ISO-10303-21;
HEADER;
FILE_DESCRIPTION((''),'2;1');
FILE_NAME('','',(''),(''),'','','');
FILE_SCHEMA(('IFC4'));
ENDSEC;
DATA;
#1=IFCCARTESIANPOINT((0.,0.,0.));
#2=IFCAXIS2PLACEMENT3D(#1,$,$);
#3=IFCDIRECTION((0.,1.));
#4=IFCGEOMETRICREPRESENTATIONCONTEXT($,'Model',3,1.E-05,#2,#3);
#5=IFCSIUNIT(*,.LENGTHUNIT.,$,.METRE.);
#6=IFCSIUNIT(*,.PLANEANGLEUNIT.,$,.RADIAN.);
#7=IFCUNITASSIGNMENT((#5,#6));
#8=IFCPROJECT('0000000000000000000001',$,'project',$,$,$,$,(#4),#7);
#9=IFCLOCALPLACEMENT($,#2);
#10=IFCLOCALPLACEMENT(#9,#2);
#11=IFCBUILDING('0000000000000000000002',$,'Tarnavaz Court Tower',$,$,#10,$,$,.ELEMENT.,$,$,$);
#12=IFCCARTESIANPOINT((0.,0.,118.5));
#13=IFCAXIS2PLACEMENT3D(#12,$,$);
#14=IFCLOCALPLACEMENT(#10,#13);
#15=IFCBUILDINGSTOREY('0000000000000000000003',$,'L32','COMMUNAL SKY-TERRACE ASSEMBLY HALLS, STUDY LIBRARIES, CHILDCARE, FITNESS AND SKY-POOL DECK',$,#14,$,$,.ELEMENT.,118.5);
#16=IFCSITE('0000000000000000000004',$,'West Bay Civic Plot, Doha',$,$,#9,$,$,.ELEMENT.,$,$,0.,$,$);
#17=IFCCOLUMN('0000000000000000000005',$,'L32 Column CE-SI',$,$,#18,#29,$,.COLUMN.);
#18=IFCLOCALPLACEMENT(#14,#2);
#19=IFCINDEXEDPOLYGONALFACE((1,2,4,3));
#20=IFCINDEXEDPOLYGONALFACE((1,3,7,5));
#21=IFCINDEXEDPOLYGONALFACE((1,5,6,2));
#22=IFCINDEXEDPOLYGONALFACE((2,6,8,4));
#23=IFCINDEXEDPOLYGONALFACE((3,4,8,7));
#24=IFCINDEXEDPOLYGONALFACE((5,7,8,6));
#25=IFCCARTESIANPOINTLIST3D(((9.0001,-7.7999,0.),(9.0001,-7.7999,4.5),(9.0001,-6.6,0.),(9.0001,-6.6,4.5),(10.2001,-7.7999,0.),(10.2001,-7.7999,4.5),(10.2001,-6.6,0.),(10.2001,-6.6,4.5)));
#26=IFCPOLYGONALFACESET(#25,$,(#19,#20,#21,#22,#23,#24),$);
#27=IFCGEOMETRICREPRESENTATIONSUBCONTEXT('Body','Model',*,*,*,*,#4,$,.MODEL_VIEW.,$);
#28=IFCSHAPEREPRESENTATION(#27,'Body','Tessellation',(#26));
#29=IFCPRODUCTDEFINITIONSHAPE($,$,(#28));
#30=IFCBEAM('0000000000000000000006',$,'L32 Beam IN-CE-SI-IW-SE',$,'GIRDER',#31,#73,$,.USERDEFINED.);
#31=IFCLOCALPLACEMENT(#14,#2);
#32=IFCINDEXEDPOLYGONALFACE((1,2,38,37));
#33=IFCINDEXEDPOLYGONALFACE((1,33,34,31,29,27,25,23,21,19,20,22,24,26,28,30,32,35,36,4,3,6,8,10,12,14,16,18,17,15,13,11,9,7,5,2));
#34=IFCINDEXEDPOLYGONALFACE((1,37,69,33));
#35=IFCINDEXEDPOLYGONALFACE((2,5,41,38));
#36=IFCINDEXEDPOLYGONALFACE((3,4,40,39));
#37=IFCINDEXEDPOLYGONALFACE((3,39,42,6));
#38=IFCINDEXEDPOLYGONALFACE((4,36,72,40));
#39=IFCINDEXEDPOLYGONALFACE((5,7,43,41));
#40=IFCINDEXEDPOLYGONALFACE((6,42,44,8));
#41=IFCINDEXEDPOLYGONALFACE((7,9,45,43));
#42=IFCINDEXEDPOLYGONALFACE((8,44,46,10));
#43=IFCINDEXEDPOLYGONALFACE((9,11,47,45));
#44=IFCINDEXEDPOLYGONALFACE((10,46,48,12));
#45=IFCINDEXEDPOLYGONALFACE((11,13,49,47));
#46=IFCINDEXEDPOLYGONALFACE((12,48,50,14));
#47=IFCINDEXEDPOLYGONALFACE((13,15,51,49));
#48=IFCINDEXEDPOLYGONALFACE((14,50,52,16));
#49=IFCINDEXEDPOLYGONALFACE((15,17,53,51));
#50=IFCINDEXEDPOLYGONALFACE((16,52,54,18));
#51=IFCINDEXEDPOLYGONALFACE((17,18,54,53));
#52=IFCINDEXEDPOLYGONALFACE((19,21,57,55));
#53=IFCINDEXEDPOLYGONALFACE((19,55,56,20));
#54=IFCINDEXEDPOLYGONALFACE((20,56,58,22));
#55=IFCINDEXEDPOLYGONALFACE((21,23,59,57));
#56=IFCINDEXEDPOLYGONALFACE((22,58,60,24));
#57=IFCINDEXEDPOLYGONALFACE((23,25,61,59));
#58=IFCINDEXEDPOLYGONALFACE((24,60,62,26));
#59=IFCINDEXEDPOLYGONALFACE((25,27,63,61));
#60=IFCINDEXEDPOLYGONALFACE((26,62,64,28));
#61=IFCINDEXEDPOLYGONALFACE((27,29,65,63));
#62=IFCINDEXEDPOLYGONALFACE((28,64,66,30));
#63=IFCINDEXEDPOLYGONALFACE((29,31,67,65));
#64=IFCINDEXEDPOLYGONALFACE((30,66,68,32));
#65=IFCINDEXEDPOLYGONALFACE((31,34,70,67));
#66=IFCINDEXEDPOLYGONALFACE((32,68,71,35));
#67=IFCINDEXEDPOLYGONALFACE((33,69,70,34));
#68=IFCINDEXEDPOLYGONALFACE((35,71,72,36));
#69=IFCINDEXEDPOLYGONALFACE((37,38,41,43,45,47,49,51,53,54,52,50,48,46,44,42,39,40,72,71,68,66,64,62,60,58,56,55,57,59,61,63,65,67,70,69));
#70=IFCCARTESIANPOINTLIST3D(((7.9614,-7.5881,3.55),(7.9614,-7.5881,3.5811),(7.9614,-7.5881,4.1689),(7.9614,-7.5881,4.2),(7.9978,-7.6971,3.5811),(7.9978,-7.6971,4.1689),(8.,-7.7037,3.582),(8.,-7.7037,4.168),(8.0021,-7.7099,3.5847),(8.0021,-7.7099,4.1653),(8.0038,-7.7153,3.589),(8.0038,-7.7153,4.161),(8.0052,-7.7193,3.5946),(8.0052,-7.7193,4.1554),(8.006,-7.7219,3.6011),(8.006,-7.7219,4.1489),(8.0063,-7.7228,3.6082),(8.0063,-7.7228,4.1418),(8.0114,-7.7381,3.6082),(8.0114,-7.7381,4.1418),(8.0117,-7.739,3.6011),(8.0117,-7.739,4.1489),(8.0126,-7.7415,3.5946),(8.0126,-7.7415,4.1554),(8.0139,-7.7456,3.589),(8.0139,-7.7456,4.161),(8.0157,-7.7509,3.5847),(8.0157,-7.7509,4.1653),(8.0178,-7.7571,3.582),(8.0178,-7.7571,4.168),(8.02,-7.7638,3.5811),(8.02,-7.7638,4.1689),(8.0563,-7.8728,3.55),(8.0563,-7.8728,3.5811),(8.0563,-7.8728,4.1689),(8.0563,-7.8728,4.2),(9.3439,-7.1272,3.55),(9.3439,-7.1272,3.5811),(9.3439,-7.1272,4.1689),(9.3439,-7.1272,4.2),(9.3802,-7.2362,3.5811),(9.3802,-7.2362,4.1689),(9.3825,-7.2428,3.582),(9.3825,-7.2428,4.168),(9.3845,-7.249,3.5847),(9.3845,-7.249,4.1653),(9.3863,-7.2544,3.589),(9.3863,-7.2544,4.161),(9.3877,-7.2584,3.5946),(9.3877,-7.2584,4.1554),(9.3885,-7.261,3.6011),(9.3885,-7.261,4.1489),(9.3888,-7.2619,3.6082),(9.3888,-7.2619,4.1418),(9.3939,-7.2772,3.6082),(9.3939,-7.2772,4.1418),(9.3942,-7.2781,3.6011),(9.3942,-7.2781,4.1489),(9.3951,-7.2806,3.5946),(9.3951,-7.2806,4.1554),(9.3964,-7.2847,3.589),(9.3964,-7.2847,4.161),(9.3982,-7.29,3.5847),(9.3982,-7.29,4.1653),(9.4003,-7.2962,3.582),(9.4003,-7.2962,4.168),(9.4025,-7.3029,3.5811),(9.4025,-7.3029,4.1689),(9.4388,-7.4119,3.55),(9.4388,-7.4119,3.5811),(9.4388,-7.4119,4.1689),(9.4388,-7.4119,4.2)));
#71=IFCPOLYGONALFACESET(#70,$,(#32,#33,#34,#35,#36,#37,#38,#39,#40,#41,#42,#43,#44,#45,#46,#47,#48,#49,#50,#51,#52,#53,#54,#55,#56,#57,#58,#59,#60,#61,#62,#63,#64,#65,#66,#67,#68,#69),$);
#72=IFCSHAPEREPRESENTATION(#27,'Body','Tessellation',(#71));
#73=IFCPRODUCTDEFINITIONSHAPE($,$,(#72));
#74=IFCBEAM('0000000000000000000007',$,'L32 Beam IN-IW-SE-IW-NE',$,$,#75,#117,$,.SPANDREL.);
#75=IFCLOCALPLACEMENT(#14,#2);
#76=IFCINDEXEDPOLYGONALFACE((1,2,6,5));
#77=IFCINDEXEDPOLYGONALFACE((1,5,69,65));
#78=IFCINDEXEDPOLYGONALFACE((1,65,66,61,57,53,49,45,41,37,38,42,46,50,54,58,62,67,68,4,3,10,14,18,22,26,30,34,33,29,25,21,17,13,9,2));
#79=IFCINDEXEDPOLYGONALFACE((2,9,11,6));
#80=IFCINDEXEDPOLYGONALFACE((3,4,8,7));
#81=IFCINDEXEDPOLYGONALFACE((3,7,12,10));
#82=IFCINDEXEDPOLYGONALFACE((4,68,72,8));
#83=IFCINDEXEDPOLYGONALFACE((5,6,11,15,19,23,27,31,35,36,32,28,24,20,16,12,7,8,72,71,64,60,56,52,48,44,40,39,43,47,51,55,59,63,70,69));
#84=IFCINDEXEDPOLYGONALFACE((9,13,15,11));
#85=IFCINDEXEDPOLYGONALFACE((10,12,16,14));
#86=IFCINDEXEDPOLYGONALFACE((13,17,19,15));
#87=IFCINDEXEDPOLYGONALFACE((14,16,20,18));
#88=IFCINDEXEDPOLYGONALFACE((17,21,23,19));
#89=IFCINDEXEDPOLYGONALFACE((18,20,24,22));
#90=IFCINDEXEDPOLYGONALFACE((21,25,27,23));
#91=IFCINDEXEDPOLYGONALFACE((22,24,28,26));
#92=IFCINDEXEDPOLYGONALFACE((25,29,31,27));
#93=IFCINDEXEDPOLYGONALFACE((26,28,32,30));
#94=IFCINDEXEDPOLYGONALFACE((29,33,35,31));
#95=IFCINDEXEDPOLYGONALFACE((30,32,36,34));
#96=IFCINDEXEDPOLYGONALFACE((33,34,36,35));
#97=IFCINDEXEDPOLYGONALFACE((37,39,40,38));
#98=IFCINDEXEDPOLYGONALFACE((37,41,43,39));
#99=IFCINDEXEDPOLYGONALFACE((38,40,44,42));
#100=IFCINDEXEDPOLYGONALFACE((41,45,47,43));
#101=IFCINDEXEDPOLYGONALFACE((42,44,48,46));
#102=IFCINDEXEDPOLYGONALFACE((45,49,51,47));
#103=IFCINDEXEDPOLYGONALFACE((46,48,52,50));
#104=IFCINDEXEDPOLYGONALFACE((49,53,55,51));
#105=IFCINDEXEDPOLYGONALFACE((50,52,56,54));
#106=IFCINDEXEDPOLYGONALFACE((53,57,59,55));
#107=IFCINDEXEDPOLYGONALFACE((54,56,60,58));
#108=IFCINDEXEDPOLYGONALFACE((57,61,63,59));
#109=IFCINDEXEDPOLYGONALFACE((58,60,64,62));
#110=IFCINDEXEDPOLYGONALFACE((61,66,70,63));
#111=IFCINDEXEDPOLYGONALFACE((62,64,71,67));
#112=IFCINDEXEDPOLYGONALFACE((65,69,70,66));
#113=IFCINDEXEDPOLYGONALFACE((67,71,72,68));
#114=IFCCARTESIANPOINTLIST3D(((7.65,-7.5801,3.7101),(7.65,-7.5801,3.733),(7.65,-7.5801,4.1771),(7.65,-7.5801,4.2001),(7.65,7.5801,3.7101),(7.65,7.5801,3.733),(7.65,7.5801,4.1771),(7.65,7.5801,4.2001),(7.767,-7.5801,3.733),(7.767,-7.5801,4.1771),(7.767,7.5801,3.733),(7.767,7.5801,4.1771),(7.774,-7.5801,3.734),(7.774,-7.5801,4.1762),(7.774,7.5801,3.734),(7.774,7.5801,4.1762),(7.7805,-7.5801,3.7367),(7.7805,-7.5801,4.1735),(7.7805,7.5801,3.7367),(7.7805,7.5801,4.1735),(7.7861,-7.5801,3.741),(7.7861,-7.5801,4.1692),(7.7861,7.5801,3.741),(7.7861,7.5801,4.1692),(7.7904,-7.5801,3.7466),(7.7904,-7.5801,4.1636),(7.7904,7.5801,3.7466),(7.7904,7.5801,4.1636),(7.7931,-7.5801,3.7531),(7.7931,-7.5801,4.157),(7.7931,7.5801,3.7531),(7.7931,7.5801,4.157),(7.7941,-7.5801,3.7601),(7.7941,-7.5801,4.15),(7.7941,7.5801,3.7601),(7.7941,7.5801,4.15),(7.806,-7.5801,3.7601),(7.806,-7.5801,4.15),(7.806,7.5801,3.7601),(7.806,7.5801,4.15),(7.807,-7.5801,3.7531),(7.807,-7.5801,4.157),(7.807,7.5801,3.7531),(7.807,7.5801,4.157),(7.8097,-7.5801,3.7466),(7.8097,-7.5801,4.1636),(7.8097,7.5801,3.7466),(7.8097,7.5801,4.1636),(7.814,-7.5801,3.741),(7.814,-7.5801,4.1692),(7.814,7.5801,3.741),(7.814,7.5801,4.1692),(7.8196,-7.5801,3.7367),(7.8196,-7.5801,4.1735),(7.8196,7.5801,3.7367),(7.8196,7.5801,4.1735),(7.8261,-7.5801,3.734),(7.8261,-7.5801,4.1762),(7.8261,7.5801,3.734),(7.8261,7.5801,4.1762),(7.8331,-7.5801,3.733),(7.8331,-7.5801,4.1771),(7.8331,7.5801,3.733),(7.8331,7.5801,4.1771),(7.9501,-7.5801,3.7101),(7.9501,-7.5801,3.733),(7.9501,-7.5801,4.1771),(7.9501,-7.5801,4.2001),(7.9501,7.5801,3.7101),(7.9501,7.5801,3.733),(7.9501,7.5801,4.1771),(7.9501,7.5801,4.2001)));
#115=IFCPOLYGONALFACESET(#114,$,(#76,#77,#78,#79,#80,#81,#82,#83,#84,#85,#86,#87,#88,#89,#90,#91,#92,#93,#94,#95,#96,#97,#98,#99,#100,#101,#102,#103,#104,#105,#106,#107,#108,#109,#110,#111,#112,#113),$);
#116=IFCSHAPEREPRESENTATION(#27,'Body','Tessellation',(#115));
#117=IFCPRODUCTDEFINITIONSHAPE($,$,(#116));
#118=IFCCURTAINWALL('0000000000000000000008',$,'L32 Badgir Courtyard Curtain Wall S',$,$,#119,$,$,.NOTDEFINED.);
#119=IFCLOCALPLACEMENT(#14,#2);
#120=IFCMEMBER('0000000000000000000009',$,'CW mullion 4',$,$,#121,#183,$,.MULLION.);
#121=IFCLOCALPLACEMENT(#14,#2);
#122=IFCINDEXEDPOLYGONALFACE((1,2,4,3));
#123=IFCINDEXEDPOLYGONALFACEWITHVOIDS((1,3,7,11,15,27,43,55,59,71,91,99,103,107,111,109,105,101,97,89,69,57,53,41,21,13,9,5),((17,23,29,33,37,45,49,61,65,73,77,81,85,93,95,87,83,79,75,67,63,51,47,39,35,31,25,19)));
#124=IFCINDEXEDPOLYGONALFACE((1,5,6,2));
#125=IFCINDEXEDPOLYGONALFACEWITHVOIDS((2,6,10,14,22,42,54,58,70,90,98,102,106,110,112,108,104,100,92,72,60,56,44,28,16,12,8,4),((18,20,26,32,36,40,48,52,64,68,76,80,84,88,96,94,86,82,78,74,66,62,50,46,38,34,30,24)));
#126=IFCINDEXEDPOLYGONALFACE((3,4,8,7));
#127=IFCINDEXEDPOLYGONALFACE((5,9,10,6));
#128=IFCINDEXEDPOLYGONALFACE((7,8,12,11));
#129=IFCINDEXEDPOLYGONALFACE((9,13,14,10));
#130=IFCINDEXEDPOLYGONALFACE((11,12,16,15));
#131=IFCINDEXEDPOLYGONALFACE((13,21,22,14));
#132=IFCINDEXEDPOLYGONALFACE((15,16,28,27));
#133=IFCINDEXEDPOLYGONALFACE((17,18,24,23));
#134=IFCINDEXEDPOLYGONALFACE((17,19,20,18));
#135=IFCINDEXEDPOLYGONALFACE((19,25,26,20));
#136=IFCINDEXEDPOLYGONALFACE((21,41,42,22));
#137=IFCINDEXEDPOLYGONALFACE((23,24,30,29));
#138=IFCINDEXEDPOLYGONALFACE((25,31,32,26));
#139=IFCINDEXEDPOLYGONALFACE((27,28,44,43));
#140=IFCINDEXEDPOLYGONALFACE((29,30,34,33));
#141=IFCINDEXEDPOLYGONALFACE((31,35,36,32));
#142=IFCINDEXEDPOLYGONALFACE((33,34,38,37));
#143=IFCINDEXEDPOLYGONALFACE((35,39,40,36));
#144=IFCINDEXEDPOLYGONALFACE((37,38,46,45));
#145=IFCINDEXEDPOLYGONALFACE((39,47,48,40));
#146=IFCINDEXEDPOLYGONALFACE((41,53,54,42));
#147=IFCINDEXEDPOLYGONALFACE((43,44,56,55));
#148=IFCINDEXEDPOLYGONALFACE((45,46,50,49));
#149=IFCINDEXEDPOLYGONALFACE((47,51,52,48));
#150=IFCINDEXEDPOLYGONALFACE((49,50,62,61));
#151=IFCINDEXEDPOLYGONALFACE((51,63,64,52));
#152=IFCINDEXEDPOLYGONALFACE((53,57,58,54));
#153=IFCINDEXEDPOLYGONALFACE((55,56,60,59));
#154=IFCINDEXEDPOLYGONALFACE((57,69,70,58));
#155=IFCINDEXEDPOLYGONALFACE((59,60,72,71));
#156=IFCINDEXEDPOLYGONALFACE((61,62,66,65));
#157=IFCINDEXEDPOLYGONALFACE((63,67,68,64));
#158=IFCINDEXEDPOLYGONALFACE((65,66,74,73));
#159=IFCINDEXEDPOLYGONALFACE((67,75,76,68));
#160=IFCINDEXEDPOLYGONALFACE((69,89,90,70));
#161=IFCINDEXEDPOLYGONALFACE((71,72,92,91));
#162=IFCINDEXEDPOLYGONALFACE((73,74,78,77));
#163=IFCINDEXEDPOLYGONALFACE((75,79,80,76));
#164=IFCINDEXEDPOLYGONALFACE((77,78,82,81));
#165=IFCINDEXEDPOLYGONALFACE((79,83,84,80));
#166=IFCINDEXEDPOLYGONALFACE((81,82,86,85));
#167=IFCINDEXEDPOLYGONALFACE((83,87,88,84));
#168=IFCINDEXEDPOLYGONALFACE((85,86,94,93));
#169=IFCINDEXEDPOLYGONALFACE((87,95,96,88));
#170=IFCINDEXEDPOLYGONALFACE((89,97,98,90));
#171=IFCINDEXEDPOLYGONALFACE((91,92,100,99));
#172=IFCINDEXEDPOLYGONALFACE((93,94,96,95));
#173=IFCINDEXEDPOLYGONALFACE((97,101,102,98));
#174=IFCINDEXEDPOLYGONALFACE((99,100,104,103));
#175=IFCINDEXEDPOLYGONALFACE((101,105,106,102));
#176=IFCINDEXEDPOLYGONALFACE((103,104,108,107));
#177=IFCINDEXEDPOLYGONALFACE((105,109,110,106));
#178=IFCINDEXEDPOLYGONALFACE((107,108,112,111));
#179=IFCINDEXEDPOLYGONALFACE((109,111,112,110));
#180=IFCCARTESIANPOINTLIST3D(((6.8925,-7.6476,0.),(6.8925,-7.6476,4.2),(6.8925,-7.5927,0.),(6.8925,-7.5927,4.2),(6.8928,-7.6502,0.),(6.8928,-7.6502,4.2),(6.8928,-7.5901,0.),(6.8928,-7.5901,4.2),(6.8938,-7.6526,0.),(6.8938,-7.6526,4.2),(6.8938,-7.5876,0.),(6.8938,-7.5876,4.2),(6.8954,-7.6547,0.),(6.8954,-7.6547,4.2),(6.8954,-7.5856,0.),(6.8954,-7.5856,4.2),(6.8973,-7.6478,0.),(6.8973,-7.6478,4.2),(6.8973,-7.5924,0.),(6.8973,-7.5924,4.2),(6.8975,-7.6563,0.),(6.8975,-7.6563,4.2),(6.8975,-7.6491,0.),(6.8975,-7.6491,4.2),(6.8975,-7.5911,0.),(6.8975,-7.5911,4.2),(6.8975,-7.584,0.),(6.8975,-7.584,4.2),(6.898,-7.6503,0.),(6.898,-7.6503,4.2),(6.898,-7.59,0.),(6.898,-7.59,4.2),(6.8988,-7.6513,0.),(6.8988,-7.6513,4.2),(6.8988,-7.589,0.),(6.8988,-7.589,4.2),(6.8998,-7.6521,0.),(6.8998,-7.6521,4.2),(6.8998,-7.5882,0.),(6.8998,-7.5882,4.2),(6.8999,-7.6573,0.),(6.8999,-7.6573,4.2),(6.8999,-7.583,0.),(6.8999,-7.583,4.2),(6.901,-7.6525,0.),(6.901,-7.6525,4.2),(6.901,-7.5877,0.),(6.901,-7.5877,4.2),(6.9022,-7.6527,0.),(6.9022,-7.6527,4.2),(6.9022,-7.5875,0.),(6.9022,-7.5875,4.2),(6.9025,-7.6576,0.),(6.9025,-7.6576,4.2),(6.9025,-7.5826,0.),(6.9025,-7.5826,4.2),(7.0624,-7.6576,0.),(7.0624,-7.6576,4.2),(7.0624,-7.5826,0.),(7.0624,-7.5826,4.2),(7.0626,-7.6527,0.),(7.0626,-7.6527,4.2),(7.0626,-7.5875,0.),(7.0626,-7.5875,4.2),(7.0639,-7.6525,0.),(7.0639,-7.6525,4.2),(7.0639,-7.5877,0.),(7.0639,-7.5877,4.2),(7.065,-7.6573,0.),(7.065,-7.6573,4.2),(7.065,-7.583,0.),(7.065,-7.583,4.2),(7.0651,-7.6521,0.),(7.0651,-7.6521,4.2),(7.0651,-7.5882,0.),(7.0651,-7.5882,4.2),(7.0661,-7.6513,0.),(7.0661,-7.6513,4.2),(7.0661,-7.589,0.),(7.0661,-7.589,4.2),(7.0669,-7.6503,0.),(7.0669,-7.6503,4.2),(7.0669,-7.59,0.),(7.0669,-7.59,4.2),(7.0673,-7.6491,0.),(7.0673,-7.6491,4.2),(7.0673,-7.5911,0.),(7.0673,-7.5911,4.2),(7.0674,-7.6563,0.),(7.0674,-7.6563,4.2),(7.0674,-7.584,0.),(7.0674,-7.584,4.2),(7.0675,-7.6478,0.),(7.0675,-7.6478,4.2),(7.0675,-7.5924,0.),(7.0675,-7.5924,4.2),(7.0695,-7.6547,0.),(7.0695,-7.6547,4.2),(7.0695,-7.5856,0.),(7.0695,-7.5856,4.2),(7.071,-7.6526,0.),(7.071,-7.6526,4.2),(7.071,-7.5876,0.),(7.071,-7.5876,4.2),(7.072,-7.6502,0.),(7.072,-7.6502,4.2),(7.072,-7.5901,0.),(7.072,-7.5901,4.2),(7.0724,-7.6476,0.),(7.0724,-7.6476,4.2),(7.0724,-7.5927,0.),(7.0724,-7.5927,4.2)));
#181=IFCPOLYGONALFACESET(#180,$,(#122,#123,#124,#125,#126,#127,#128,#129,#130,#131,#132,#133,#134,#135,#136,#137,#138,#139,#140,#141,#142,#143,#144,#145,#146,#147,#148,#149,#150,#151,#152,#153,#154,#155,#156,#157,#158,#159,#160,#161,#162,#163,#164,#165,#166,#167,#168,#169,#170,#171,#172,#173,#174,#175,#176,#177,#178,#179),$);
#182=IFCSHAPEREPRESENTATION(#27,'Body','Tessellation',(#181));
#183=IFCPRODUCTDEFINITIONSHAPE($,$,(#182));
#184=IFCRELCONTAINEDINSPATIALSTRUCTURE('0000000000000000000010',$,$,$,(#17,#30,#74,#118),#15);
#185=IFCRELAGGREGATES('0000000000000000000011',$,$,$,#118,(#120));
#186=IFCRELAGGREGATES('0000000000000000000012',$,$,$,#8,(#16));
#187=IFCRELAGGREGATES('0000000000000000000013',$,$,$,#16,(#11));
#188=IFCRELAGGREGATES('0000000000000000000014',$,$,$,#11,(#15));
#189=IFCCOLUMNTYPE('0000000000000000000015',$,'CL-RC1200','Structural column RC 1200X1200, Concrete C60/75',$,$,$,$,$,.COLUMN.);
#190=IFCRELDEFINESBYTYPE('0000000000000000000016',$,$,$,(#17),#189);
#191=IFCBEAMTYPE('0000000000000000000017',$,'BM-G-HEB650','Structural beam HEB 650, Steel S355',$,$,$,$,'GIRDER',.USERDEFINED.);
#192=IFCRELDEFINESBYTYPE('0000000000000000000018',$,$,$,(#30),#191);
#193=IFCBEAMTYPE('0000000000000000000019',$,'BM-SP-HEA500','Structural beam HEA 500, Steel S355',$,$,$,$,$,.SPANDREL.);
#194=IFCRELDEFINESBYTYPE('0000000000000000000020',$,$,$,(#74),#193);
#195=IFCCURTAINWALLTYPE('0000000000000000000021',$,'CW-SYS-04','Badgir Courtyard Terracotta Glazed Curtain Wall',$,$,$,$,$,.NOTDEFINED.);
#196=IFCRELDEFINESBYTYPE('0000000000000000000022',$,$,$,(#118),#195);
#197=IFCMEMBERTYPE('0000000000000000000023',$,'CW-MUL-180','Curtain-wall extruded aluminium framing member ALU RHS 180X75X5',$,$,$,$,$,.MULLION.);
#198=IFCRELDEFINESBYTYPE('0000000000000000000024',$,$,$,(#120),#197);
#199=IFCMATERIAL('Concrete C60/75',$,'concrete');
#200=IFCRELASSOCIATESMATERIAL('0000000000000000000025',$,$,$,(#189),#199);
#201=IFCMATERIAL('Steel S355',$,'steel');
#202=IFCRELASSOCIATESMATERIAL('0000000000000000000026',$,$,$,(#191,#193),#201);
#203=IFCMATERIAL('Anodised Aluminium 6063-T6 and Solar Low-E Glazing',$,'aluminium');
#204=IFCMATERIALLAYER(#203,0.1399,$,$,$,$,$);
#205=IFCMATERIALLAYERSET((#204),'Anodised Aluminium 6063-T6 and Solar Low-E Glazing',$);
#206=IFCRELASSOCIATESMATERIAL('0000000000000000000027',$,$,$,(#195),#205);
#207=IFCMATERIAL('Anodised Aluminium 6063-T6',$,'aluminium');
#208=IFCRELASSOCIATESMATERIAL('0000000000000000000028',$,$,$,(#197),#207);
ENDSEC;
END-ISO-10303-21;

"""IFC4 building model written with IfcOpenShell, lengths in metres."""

from ifc_helpers import new_model, si_unit, direction, frame, origin, origin_2d, place, context, subcontext, project, spatial, rectangle, hollow_rectangle, i_section, extrude, material, layer, layer_set, material_profile, profile_set, type_object, element, aggregate, save


model = new_model("IFC4")

# Units and contexts
model_context = context("Model", 3, precision=1e-05, world=origin(), true_north=direction((0.0, 1.0)))
body_context = subcontext(model_context, "Body", "Model", "MODEL_VIEW")
ifc_project = project(units=[si_unit("LENGTHUNIT", "METRE"), si_unit("PLANEANGLEUNIT", "RADIAN")], contexts=[model_context])

# Site, building, storey
site_placement = place(None, origin())
site = spatial("IfcSite", under=ifc_project, at=site_placement, Name="West Bay Civic Plot, Doha", CompositionType="ELEMENT", RefElevation=0.0)
building_placement = place(site_placement, origin())
building = spatial("IfcBuilding", under=site, at=building_placement, Name="Tarnavaz Court Tower", CompositionType="ELEMENT")
storey_placement = place(building_placement, frame((0.0, 0.0, 118.5)))
storey = spatial("IfcBuildingStorey", under=building, at=storey_placement, Name="L32", Description="COMMUNAL SKY-TERRACE ASSEMBLY HALLS, STUDY LIBRARIES, CHILDCARE, FITNESS AND SKY-POOL DECK", CompositionType="ELEMENT", Elevation=118.5)

# Column
ifc_material_1 = material(Name="Concrete C60/75", Category="concrete")
ifc_material_profile_1 = material_profile(ifc_material_1, rectangle(XDim=1.2, YDim=1.2, at=origin_2d()), Name="RC 1200X1200")
ifc_profile_set_1 = profile_set([ifc_material_profile_1], Name="Concrete C60/75")
column_type = type_object("IfcColumnType", Name="CL-RC1200", Description="Structural column RC 1200X1200, Concrete C60/75", PredefinedType="COLUMN", material=ifc_profile_set_1)
column_placement = place(storey_placement, frame((9.6001, -7.2, 0.0), z_axis=(0.0, 0.0, 1.0), x_axis=(1.0, 0.0, 0.0)))
element("IfcColumn", 1, at=column_placement, inside=storey, type_object=column_type, Name="L32 Column CE-SI", PredefinedType="COLUMN", context=body_context, shape_type="SweptSolid", body=[
    extrude(rectangle(XDim=1.2, YDim=1.2, at=origin_2d()), origin(), (0.0, 0.0, 1.0), 4.5),
])

# Beams
ifc_material_2 = material(Name="Steel S355", Category="steel")
ifc_material_profile_2 = material_profile(ifc_material_2, i_section(OverallWidth=0.3, OverallDepth=0.6499, WebThickness=0.0161, FlangeThickness=0.031, FilletRadius=0.0271, at=origin_2d()), Name="HEB 650")
ifc_profile_set_2 = profile_set([ifc_material_profile_2], Name="Steel S355")
beam_type_1 = type_object("IfcBeamType", Name="BM-G-HEB650", Description="Structural beam HEB 650, Steel S355", ElementType="GIRDER", PredefinedType="USERDEFINED", material=ifc_profile_set_2)
beam_1_placement = place(storey_placement, frame((9.3914, -7.2695, 3.875), z_axis=(-0.948667, -0.316278, 0.0), x_axis=(0.316278, -0.948667, 0.0)))
element("IfcBeam", 2, at=beam_1_placement, inside=storey, type_object=beam_type_1, Name="L32 Beam IN-CE-SI-IW-SE", ObjectType="GIRDER", PredefinedType="USERDEFINED", context=body_context, shape_type="SweptSolid", body=[
    extrude(i_section(OverallWidth=0.3, OverallDepth=0.6499, WebThickness=0.0161, FlangeThickness=0.031, FilletRadius=0.0271, at=origin_2d()), origin(), (0.0, 0.0, 1.0), 1.4573),
])
ifc_material_profile_3 = material_profile(ifc_material_2, i_section(OverallWidth=0.3, OverallDepth=0.49, WebThickness=0.012, FlangeThickness=0.0229, FilletRadius=0.0271, at=origin_2d()), Name="HEA 500")
ifc_profile_set_3 = profile_set([ifc_material_profile_3], Name="Steel S355")
beam_type_2 = type_object("IfcBeamType", Name="BM-SP-HEA500", Description="Structural beam HEA 500, Steel S355", PredefinedType="SPANDREL", material=ifc_profile_set_3)
beam_2_placement = place(storey_placement, frame((7.8, -7.5801, 3.9551), z_axis=(0.0, 1.0, 0.0), x_axis=(-1.0, 0.0, 0.0)))
element("IfcBeam", 3, at=beam_2_placement, inside=storey, type_object=beam_type_2, Name="L32 Beam IN-IW-SE-IW-NE", PredefinedType="SPANDREL", context=body_context, shape_type="SweptSolid", body=[
    extrude(i_section(OverallWidth=0.3, OverallDepth=0.49, WebThickness=0.012, FlangeThickness=0.0229, FilletRadius=0.0271, at=origin_2d()), origin(), (0.0, 0.0, 1.0), 15.1602),
])

# Curtain wall, member
ifc_material_3 = material(Name="Anodised Aluminium 6063-T6 and Solar Low-E Glazing", Category="aluminium")
ifc_layer_1 = layer(ifc_material_3, 0.1399)
ifc_layer_set_1 = layer_set([ifc_layer_1], Name="Anodised Aluminium 6063-T6 and Solar Low-E Glazing")
curtain_wall_type = type_object("IfcCurtainWallType", Name="CW-SYS-04", Description="Badgir Courtyard Terracotta Glazed Curtain Wall", PredefinedType="NOTDEFINED", material=ifc_layer_set_1)
curtain_wall_placement = place(storey_placement, origin())
curtain_wall = element("IfcCurtainWall", 4, at=curtain_wall_placement, inside=storey, type_object=curtain_wall_type, Name="L32 Badgir Courtyard Curtain Wall S", PredefinedType="NOTDEFINED")
ifc_material_4 = material(Name="Anodised Aluminium 6063-T6", Category="aluminium")
ifc_material_profile_4 = material_profile(ifc_material_4, hollow_rectangle(XDim=0.075, YDim=0.1799, WallThickness=0.0049, InnerFilletRadius=0.0049, OuterFilletRadius=0.01, at=origin_2d()), Name="ALU RHS 180X75X5")
ifc_profile_set_4 = profile_set([ifc_material_profile_4], Name="Anodised Aluminium 6063-T6")
member_type = type_object("IfcMemberType", Name="CW-MUL-180", Description="Curtain-wall extruded aluminium framing member ALU RHS 180X75X5", PredefinedType="MULLION", material=ifc_profile_set_4)
member_placement = place(storey_placement, frame((6.9824, -7.6201, 0.0), z_axis=(0.0, 0.0, 1.0), x_axis=(0.0, 1.0, 0.0)))
member = element("IfcMember", 5, at=member_placement, type_object=member_type, Name="CW mullion 4", PredefinedType="MULLION", context=body_context, shape_type="SweptSolid", body=[
    extrude(hollow_rectangle(XDim=0.075, YDim=0.1799, WallThickness=0.0049, InnerFilletRadius=0.0049, OuterFilletRadius=0.01, at=origin_2d()), origin(), (0.0, 0.0, 1.0), 4.2),
])
aggregate(curtain_wall, [member])

save(model, "model.ifc")
